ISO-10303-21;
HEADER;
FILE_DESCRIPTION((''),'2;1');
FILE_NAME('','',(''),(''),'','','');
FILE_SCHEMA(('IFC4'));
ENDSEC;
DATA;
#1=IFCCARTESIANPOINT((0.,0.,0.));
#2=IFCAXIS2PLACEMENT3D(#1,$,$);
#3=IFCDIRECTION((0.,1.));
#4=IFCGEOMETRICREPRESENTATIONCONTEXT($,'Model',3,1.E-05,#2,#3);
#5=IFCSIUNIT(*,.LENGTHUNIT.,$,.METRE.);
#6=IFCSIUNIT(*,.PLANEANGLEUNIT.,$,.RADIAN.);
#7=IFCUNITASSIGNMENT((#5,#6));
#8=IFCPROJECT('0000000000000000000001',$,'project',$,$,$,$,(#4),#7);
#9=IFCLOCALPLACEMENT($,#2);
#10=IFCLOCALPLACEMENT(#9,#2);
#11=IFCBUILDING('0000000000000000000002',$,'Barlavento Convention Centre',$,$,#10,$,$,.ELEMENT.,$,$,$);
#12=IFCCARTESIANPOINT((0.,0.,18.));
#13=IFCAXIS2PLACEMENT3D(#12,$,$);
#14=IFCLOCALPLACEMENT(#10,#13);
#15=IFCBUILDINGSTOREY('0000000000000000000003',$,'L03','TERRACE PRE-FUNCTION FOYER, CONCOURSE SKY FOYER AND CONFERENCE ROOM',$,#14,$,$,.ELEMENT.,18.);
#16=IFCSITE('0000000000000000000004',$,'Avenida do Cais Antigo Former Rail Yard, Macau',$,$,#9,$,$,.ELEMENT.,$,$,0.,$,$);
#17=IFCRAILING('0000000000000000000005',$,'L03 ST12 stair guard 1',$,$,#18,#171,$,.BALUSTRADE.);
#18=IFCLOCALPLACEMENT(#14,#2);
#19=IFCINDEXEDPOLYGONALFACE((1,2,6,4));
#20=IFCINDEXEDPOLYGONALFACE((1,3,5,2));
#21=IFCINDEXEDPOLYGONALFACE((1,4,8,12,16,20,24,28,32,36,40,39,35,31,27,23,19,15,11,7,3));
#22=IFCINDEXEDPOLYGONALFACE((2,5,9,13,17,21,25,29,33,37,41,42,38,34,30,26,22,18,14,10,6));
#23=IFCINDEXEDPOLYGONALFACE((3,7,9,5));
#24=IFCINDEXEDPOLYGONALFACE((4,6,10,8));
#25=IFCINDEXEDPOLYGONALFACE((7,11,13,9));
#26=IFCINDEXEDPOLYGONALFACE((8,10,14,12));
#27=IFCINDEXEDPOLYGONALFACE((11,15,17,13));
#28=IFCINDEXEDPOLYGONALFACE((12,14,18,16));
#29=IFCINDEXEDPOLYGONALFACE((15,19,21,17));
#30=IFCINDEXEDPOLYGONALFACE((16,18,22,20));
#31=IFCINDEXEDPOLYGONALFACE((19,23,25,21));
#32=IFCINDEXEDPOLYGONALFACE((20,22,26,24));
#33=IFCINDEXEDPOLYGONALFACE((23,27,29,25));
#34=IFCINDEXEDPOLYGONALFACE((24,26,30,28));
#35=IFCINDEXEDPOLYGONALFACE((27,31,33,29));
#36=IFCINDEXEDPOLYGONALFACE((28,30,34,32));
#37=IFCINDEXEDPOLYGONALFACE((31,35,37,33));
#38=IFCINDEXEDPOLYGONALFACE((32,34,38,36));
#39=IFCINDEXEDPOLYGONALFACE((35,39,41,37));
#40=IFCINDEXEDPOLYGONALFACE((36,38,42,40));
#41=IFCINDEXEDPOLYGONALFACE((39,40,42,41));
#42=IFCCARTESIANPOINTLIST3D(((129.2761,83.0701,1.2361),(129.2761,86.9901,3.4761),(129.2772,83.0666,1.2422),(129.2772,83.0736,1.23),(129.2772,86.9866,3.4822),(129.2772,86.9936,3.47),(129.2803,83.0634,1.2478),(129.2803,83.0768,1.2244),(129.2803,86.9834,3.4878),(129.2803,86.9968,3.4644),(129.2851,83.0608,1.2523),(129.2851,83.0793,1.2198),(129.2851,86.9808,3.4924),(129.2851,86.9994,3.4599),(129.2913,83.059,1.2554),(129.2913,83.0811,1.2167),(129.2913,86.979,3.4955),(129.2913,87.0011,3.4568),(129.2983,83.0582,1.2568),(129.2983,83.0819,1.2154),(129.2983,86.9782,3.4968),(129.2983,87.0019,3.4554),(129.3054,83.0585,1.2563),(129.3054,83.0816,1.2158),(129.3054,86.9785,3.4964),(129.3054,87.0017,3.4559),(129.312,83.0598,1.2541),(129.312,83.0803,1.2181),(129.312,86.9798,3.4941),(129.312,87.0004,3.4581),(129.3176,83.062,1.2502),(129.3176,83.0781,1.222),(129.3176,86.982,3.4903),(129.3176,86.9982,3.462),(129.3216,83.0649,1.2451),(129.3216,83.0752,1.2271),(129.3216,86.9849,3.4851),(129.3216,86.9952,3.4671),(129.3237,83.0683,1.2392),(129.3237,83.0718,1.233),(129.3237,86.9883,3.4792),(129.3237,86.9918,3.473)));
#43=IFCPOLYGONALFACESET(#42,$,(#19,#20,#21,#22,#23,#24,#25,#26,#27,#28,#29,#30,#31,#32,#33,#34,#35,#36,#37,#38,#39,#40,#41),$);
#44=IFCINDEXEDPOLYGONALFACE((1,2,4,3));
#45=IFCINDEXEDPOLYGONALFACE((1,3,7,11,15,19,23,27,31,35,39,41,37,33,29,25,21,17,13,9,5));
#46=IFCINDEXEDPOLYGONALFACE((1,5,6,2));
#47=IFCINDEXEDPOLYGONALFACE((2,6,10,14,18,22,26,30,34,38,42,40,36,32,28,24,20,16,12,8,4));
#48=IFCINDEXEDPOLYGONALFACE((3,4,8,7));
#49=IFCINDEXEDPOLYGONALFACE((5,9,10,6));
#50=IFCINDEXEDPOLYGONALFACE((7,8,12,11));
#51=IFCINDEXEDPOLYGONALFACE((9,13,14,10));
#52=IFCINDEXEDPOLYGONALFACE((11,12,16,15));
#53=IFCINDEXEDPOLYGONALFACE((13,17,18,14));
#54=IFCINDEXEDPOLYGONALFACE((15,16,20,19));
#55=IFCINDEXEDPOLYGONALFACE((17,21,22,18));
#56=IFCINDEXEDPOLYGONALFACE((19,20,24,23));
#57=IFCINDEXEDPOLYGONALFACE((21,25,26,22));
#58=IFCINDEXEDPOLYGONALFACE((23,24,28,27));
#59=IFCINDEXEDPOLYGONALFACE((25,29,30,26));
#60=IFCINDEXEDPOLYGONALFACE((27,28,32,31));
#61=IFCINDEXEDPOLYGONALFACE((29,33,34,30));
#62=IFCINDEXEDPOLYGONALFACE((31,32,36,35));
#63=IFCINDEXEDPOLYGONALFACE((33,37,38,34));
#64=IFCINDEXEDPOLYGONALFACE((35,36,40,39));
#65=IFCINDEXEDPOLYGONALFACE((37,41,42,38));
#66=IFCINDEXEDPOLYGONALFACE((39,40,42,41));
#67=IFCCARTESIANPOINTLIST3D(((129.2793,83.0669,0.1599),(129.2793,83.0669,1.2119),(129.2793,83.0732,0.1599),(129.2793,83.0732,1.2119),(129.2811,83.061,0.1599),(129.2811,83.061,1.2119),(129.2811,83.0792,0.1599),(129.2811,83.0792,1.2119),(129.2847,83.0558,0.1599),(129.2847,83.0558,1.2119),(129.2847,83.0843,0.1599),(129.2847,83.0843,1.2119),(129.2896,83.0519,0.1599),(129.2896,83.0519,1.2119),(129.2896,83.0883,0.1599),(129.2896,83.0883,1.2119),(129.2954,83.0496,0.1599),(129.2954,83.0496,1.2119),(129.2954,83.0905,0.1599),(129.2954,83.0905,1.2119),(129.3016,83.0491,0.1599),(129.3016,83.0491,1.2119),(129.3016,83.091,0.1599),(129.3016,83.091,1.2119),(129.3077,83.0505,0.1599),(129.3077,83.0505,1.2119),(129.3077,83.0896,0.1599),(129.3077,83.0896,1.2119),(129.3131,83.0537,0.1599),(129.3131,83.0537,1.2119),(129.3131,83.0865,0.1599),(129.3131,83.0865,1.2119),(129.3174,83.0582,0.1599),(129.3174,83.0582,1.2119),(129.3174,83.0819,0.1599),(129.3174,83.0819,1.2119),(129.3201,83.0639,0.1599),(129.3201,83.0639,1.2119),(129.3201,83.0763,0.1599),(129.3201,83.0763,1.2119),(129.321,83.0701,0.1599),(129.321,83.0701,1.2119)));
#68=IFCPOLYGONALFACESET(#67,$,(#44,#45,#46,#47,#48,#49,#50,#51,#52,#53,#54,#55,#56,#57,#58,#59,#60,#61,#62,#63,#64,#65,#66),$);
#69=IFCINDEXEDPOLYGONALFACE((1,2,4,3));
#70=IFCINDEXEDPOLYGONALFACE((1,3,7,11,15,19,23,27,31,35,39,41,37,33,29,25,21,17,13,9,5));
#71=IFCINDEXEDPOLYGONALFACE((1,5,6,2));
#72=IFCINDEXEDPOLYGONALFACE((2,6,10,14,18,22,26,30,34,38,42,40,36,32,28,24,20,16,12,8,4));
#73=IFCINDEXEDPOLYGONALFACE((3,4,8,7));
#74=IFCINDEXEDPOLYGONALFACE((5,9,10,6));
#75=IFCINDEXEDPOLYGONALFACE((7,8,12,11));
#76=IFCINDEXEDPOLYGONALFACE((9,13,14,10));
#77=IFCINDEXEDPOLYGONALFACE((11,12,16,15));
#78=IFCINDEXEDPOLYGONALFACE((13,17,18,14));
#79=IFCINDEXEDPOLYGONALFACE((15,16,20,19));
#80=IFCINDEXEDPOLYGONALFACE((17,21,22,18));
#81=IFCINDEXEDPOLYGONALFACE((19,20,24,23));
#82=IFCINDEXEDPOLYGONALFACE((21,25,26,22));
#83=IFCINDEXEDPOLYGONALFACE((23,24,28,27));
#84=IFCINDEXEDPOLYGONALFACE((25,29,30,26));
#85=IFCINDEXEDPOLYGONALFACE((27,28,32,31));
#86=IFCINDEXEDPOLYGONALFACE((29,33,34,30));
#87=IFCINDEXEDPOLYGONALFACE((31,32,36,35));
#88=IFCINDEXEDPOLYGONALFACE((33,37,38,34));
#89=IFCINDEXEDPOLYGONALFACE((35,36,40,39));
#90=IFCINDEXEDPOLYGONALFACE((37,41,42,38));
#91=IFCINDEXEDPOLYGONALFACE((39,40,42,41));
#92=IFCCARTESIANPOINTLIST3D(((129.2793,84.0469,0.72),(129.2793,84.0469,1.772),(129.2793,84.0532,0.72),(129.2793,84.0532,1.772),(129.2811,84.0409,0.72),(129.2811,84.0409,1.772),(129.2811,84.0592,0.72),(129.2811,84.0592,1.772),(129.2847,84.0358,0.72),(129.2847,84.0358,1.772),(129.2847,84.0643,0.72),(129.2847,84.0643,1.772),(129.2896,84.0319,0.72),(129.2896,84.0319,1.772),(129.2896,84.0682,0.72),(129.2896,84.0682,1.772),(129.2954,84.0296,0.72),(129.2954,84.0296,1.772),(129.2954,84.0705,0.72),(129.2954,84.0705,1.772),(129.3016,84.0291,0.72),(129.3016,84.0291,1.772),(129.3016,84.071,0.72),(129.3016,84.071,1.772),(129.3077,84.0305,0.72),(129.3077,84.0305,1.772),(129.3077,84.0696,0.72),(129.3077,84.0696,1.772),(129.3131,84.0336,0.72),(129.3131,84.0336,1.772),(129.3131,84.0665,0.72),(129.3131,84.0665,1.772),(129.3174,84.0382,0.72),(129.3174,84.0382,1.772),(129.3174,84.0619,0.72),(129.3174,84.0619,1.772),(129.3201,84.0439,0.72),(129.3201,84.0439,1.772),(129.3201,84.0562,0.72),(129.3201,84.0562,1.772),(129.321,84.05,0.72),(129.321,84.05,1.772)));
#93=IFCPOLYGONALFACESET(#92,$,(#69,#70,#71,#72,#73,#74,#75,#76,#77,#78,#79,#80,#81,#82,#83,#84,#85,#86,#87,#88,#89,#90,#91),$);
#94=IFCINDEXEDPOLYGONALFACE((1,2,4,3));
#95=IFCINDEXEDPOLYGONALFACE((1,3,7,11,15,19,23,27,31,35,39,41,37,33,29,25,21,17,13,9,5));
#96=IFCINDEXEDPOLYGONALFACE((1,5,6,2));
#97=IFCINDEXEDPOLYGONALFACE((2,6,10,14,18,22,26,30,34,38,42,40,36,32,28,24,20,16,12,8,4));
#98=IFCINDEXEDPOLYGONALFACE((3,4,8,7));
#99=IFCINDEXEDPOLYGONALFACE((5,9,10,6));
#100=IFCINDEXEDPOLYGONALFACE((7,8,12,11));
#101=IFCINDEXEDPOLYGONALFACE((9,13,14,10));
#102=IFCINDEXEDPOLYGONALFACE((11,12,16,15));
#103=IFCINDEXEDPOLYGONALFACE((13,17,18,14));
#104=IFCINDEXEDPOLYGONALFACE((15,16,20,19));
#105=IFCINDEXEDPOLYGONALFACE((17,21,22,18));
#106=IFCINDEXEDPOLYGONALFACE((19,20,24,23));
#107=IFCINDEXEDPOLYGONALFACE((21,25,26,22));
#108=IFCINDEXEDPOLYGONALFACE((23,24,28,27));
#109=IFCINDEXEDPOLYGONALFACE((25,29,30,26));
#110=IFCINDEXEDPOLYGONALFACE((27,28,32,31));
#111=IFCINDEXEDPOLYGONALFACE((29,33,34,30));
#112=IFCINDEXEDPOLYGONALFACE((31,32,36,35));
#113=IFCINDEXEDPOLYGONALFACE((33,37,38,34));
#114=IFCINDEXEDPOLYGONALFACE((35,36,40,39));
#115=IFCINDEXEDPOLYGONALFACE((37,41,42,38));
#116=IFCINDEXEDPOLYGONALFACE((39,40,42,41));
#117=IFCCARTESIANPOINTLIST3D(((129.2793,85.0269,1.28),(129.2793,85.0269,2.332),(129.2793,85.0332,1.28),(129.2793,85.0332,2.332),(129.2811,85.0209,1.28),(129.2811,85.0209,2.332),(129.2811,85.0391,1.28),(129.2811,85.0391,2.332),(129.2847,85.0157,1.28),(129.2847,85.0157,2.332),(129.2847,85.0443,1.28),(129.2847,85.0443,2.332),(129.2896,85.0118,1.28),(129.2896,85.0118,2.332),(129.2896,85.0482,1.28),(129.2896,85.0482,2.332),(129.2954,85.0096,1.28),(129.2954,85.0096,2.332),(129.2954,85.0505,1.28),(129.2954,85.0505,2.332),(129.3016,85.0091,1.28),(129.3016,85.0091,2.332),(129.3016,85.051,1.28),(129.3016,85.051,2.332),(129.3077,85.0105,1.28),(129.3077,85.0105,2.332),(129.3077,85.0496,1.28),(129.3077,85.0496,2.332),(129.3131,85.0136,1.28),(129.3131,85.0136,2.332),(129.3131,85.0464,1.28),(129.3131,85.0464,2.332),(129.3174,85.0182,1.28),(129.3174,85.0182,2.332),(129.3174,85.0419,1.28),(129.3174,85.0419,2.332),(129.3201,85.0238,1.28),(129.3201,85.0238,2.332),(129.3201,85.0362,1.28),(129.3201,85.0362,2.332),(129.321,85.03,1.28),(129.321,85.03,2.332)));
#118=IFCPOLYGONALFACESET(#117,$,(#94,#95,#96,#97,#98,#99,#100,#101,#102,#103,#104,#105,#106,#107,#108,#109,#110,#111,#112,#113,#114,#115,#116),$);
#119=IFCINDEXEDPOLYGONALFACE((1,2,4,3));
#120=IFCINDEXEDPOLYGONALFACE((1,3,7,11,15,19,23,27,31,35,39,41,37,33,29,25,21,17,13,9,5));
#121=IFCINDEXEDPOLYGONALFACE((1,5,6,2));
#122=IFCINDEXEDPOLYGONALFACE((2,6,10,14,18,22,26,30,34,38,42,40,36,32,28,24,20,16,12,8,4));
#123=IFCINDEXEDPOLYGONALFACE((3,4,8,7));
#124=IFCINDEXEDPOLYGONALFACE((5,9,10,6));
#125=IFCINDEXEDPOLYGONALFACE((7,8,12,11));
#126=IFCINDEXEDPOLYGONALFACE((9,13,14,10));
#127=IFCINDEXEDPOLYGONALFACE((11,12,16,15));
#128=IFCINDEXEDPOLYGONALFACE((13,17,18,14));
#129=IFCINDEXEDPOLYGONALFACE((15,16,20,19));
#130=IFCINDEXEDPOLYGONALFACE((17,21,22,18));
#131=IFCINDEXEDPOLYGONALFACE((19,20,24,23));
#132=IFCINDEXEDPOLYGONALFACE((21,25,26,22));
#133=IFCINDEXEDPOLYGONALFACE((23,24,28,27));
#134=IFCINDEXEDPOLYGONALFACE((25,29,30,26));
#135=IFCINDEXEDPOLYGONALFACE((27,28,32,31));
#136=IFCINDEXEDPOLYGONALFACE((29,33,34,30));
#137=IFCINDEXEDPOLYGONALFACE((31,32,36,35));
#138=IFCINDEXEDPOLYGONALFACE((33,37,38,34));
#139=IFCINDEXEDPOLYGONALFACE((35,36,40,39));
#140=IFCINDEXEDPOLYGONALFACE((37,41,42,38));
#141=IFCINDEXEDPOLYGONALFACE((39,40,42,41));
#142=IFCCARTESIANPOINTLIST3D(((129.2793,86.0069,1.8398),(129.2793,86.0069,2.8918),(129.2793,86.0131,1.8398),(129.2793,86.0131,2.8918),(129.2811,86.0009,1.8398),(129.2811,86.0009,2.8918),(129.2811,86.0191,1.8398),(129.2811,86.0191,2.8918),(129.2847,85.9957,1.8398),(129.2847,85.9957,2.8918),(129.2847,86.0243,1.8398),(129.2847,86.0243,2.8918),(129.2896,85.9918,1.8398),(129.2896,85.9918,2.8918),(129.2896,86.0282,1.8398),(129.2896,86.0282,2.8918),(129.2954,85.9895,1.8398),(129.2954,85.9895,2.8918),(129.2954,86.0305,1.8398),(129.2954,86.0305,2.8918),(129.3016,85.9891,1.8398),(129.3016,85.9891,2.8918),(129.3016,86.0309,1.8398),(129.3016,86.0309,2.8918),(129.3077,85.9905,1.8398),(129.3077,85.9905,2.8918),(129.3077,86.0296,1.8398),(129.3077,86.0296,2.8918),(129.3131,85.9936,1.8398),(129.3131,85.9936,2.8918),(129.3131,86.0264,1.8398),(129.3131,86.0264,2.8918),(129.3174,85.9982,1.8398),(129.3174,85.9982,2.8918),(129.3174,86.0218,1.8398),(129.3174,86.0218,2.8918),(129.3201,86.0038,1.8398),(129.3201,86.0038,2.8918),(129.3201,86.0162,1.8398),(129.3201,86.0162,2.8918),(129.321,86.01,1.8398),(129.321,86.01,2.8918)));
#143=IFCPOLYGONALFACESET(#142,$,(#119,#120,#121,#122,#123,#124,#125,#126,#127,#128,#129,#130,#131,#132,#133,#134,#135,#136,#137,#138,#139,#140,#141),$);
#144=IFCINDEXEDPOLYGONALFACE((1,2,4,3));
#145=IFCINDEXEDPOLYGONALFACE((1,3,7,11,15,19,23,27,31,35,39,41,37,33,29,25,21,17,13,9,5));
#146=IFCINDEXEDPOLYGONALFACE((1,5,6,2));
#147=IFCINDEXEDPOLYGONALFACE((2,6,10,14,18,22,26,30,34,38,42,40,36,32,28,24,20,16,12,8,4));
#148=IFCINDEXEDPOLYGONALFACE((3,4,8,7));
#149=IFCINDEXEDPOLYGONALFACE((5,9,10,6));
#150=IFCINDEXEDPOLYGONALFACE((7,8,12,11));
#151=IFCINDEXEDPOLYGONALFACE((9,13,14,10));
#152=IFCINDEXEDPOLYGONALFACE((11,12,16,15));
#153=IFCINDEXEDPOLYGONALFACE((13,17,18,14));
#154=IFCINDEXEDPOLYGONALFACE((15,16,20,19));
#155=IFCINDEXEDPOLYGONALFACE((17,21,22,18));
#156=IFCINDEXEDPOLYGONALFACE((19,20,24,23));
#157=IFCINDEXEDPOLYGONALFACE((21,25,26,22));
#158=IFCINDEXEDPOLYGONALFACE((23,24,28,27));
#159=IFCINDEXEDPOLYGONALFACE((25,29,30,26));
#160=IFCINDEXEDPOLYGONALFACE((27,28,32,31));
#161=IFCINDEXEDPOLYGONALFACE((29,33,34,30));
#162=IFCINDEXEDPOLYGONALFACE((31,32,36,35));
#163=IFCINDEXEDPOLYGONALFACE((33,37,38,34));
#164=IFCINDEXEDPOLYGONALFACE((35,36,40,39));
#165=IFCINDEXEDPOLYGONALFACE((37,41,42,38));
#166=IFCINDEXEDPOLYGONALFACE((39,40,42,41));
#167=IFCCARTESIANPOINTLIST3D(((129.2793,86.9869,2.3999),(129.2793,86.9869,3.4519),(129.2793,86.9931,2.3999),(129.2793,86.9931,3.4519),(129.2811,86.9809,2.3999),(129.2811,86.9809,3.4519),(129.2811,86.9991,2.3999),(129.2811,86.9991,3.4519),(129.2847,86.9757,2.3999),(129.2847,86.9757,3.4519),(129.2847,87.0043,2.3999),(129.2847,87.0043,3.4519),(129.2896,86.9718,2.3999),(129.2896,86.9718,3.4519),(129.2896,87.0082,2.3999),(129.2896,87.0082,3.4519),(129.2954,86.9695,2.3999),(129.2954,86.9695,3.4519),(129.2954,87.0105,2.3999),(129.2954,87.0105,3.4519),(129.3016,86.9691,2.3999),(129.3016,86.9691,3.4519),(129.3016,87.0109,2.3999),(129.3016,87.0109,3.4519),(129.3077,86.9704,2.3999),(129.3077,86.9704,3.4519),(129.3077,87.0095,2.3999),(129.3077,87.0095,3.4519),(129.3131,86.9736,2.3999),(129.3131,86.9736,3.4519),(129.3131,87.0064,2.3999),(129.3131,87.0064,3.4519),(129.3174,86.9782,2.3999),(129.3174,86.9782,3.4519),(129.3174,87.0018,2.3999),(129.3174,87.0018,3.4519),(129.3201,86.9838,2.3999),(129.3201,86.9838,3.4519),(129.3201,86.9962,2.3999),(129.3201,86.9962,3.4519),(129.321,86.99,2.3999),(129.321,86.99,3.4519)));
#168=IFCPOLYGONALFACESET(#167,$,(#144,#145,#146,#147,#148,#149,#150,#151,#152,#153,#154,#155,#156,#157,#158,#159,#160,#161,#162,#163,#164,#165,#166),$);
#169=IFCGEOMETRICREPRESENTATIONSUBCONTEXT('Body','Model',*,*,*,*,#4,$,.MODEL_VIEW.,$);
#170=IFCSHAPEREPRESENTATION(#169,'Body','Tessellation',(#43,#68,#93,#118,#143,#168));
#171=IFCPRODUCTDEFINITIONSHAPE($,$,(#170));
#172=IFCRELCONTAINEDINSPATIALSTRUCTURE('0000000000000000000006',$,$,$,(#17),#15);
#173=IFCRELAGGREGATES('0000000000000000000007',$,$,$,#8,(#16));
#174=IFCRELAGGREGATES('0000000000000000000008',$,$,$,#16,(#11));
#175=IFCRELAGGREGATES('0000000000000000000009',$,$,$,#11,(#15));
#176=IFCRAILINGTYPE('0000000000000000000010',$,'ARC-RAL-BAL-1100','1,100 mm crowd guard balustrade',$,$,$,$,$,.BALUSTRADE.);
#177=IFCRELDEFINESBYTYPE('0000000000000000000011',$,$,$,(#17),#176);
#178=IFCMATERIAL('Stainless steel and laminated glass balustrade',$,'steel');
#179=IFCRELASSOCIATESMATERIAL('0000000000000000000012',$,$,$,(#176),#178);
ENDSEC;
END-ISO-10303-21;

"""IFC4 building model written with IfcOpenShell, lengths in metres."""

from ifc_helpers import new_model, si_unit, direction, frame, origin, origin_2d, place, context, subcontext, project, spatial, circle, extrude, material, type_object, element, save


model = new_model("IFC4")

# Units and contexts
model_context = context("Model", 3, precision=1e-05, world=origin(), true_north=direction((0.0, 1.0)))
body_context = subcontext(model_context, "Body", "Model", "MODEL_VIEW")
ifc_project = project(units=[si_unit("LENGTHUNIT", "METRE"), si_unit("PLANEANGLEUNIT", "RADIAN")], contexts=[model_context])

# Site, building, storey
site_placement = place(None, origin())
site = spatial("IfcSite", under=ifc_project, at=site_placement, Name="Avenida do Cais Antigo Former Rail Yard, Macau", CompositionType="ELEMENT", RefElevation=0.0)
building_placement = place(site_placement, origin())
building = spatial("IfcBuilding", under=site, at=building_placement, Name="Barlavento Convention Centre", CompositionType="ELEMENT")
storey_placement = place(building_placement, frame((0.0, 0.0, 18.0)))
storey = spatial("IfcBuildingStorey", under=building, at=storey_placement, Name="L03", Description="TERRACE PRE-FUNCTION FOYER, CONCOURSE SKY FOYER AND CONFERENCE ROOM", CompositionType="ELEMENT", Elevation=18.0)

# Railing
ifc_material_1 = material(Name="Stainless steel and laminated glass balustrade", Category="steel")
railing_type_1 = type_object("IfcRailingType", Name="ARC-RAL-BAL-1100", Description="1,100 mm crowd guard balustrade", PredefinedType="BALUSTRADE", material=ifc_material_1)
railing_1_placement = place(storey_placement, frame((129.3, 83.0701, 0.1599)))
element("IfcRailing", 1, at=railing_1_placement, inside=storey, type_object=railing_type_1, Name="L03 ST12 stair guard 1", PredefinedType="BALUSTRADE", context=body_context, shape_type="SweptSolid", body=[
    extrude(circle(Radius=0.0239, at=origin_2d()), frame((0.0, 0.0, 1.0762), z_axis=(0.0, 0.86824, 0.496145), x_axis=(-1.0, 0.0, 0.0)), (0.0, 0.0, 1.0), 4.5149),
    extrude(circle(Radius=0.021, at=origin_2d()), origin(), (0.0, 0.0, 1.0), 1.052),
    extrude(circle(Radius=0.021, at=origin_2d()), frame((0.0, 0.98, 0.5601)), (0.0, 0.0, 1.0), 1.052),
    extrude(circle(Radius=0.021, at=origin_2d()), frame((0.0, 1.96, 1.1201)), (0.0, 0.0, 1.0), 1.052),
    extrude(circle(Radius=0.021, at=origin_2d()), frame((0.0, 2.9399, 1.6799)), (0.0, 0.0, 1.0), 1.052),
    extrude(circle(Radius=0.021, at=origin_2d()), frame((0.0, 3.9199, 2.24)), (0.0, 0.0, 1.0), 1.052),
])

save(model, "model.ifc")
